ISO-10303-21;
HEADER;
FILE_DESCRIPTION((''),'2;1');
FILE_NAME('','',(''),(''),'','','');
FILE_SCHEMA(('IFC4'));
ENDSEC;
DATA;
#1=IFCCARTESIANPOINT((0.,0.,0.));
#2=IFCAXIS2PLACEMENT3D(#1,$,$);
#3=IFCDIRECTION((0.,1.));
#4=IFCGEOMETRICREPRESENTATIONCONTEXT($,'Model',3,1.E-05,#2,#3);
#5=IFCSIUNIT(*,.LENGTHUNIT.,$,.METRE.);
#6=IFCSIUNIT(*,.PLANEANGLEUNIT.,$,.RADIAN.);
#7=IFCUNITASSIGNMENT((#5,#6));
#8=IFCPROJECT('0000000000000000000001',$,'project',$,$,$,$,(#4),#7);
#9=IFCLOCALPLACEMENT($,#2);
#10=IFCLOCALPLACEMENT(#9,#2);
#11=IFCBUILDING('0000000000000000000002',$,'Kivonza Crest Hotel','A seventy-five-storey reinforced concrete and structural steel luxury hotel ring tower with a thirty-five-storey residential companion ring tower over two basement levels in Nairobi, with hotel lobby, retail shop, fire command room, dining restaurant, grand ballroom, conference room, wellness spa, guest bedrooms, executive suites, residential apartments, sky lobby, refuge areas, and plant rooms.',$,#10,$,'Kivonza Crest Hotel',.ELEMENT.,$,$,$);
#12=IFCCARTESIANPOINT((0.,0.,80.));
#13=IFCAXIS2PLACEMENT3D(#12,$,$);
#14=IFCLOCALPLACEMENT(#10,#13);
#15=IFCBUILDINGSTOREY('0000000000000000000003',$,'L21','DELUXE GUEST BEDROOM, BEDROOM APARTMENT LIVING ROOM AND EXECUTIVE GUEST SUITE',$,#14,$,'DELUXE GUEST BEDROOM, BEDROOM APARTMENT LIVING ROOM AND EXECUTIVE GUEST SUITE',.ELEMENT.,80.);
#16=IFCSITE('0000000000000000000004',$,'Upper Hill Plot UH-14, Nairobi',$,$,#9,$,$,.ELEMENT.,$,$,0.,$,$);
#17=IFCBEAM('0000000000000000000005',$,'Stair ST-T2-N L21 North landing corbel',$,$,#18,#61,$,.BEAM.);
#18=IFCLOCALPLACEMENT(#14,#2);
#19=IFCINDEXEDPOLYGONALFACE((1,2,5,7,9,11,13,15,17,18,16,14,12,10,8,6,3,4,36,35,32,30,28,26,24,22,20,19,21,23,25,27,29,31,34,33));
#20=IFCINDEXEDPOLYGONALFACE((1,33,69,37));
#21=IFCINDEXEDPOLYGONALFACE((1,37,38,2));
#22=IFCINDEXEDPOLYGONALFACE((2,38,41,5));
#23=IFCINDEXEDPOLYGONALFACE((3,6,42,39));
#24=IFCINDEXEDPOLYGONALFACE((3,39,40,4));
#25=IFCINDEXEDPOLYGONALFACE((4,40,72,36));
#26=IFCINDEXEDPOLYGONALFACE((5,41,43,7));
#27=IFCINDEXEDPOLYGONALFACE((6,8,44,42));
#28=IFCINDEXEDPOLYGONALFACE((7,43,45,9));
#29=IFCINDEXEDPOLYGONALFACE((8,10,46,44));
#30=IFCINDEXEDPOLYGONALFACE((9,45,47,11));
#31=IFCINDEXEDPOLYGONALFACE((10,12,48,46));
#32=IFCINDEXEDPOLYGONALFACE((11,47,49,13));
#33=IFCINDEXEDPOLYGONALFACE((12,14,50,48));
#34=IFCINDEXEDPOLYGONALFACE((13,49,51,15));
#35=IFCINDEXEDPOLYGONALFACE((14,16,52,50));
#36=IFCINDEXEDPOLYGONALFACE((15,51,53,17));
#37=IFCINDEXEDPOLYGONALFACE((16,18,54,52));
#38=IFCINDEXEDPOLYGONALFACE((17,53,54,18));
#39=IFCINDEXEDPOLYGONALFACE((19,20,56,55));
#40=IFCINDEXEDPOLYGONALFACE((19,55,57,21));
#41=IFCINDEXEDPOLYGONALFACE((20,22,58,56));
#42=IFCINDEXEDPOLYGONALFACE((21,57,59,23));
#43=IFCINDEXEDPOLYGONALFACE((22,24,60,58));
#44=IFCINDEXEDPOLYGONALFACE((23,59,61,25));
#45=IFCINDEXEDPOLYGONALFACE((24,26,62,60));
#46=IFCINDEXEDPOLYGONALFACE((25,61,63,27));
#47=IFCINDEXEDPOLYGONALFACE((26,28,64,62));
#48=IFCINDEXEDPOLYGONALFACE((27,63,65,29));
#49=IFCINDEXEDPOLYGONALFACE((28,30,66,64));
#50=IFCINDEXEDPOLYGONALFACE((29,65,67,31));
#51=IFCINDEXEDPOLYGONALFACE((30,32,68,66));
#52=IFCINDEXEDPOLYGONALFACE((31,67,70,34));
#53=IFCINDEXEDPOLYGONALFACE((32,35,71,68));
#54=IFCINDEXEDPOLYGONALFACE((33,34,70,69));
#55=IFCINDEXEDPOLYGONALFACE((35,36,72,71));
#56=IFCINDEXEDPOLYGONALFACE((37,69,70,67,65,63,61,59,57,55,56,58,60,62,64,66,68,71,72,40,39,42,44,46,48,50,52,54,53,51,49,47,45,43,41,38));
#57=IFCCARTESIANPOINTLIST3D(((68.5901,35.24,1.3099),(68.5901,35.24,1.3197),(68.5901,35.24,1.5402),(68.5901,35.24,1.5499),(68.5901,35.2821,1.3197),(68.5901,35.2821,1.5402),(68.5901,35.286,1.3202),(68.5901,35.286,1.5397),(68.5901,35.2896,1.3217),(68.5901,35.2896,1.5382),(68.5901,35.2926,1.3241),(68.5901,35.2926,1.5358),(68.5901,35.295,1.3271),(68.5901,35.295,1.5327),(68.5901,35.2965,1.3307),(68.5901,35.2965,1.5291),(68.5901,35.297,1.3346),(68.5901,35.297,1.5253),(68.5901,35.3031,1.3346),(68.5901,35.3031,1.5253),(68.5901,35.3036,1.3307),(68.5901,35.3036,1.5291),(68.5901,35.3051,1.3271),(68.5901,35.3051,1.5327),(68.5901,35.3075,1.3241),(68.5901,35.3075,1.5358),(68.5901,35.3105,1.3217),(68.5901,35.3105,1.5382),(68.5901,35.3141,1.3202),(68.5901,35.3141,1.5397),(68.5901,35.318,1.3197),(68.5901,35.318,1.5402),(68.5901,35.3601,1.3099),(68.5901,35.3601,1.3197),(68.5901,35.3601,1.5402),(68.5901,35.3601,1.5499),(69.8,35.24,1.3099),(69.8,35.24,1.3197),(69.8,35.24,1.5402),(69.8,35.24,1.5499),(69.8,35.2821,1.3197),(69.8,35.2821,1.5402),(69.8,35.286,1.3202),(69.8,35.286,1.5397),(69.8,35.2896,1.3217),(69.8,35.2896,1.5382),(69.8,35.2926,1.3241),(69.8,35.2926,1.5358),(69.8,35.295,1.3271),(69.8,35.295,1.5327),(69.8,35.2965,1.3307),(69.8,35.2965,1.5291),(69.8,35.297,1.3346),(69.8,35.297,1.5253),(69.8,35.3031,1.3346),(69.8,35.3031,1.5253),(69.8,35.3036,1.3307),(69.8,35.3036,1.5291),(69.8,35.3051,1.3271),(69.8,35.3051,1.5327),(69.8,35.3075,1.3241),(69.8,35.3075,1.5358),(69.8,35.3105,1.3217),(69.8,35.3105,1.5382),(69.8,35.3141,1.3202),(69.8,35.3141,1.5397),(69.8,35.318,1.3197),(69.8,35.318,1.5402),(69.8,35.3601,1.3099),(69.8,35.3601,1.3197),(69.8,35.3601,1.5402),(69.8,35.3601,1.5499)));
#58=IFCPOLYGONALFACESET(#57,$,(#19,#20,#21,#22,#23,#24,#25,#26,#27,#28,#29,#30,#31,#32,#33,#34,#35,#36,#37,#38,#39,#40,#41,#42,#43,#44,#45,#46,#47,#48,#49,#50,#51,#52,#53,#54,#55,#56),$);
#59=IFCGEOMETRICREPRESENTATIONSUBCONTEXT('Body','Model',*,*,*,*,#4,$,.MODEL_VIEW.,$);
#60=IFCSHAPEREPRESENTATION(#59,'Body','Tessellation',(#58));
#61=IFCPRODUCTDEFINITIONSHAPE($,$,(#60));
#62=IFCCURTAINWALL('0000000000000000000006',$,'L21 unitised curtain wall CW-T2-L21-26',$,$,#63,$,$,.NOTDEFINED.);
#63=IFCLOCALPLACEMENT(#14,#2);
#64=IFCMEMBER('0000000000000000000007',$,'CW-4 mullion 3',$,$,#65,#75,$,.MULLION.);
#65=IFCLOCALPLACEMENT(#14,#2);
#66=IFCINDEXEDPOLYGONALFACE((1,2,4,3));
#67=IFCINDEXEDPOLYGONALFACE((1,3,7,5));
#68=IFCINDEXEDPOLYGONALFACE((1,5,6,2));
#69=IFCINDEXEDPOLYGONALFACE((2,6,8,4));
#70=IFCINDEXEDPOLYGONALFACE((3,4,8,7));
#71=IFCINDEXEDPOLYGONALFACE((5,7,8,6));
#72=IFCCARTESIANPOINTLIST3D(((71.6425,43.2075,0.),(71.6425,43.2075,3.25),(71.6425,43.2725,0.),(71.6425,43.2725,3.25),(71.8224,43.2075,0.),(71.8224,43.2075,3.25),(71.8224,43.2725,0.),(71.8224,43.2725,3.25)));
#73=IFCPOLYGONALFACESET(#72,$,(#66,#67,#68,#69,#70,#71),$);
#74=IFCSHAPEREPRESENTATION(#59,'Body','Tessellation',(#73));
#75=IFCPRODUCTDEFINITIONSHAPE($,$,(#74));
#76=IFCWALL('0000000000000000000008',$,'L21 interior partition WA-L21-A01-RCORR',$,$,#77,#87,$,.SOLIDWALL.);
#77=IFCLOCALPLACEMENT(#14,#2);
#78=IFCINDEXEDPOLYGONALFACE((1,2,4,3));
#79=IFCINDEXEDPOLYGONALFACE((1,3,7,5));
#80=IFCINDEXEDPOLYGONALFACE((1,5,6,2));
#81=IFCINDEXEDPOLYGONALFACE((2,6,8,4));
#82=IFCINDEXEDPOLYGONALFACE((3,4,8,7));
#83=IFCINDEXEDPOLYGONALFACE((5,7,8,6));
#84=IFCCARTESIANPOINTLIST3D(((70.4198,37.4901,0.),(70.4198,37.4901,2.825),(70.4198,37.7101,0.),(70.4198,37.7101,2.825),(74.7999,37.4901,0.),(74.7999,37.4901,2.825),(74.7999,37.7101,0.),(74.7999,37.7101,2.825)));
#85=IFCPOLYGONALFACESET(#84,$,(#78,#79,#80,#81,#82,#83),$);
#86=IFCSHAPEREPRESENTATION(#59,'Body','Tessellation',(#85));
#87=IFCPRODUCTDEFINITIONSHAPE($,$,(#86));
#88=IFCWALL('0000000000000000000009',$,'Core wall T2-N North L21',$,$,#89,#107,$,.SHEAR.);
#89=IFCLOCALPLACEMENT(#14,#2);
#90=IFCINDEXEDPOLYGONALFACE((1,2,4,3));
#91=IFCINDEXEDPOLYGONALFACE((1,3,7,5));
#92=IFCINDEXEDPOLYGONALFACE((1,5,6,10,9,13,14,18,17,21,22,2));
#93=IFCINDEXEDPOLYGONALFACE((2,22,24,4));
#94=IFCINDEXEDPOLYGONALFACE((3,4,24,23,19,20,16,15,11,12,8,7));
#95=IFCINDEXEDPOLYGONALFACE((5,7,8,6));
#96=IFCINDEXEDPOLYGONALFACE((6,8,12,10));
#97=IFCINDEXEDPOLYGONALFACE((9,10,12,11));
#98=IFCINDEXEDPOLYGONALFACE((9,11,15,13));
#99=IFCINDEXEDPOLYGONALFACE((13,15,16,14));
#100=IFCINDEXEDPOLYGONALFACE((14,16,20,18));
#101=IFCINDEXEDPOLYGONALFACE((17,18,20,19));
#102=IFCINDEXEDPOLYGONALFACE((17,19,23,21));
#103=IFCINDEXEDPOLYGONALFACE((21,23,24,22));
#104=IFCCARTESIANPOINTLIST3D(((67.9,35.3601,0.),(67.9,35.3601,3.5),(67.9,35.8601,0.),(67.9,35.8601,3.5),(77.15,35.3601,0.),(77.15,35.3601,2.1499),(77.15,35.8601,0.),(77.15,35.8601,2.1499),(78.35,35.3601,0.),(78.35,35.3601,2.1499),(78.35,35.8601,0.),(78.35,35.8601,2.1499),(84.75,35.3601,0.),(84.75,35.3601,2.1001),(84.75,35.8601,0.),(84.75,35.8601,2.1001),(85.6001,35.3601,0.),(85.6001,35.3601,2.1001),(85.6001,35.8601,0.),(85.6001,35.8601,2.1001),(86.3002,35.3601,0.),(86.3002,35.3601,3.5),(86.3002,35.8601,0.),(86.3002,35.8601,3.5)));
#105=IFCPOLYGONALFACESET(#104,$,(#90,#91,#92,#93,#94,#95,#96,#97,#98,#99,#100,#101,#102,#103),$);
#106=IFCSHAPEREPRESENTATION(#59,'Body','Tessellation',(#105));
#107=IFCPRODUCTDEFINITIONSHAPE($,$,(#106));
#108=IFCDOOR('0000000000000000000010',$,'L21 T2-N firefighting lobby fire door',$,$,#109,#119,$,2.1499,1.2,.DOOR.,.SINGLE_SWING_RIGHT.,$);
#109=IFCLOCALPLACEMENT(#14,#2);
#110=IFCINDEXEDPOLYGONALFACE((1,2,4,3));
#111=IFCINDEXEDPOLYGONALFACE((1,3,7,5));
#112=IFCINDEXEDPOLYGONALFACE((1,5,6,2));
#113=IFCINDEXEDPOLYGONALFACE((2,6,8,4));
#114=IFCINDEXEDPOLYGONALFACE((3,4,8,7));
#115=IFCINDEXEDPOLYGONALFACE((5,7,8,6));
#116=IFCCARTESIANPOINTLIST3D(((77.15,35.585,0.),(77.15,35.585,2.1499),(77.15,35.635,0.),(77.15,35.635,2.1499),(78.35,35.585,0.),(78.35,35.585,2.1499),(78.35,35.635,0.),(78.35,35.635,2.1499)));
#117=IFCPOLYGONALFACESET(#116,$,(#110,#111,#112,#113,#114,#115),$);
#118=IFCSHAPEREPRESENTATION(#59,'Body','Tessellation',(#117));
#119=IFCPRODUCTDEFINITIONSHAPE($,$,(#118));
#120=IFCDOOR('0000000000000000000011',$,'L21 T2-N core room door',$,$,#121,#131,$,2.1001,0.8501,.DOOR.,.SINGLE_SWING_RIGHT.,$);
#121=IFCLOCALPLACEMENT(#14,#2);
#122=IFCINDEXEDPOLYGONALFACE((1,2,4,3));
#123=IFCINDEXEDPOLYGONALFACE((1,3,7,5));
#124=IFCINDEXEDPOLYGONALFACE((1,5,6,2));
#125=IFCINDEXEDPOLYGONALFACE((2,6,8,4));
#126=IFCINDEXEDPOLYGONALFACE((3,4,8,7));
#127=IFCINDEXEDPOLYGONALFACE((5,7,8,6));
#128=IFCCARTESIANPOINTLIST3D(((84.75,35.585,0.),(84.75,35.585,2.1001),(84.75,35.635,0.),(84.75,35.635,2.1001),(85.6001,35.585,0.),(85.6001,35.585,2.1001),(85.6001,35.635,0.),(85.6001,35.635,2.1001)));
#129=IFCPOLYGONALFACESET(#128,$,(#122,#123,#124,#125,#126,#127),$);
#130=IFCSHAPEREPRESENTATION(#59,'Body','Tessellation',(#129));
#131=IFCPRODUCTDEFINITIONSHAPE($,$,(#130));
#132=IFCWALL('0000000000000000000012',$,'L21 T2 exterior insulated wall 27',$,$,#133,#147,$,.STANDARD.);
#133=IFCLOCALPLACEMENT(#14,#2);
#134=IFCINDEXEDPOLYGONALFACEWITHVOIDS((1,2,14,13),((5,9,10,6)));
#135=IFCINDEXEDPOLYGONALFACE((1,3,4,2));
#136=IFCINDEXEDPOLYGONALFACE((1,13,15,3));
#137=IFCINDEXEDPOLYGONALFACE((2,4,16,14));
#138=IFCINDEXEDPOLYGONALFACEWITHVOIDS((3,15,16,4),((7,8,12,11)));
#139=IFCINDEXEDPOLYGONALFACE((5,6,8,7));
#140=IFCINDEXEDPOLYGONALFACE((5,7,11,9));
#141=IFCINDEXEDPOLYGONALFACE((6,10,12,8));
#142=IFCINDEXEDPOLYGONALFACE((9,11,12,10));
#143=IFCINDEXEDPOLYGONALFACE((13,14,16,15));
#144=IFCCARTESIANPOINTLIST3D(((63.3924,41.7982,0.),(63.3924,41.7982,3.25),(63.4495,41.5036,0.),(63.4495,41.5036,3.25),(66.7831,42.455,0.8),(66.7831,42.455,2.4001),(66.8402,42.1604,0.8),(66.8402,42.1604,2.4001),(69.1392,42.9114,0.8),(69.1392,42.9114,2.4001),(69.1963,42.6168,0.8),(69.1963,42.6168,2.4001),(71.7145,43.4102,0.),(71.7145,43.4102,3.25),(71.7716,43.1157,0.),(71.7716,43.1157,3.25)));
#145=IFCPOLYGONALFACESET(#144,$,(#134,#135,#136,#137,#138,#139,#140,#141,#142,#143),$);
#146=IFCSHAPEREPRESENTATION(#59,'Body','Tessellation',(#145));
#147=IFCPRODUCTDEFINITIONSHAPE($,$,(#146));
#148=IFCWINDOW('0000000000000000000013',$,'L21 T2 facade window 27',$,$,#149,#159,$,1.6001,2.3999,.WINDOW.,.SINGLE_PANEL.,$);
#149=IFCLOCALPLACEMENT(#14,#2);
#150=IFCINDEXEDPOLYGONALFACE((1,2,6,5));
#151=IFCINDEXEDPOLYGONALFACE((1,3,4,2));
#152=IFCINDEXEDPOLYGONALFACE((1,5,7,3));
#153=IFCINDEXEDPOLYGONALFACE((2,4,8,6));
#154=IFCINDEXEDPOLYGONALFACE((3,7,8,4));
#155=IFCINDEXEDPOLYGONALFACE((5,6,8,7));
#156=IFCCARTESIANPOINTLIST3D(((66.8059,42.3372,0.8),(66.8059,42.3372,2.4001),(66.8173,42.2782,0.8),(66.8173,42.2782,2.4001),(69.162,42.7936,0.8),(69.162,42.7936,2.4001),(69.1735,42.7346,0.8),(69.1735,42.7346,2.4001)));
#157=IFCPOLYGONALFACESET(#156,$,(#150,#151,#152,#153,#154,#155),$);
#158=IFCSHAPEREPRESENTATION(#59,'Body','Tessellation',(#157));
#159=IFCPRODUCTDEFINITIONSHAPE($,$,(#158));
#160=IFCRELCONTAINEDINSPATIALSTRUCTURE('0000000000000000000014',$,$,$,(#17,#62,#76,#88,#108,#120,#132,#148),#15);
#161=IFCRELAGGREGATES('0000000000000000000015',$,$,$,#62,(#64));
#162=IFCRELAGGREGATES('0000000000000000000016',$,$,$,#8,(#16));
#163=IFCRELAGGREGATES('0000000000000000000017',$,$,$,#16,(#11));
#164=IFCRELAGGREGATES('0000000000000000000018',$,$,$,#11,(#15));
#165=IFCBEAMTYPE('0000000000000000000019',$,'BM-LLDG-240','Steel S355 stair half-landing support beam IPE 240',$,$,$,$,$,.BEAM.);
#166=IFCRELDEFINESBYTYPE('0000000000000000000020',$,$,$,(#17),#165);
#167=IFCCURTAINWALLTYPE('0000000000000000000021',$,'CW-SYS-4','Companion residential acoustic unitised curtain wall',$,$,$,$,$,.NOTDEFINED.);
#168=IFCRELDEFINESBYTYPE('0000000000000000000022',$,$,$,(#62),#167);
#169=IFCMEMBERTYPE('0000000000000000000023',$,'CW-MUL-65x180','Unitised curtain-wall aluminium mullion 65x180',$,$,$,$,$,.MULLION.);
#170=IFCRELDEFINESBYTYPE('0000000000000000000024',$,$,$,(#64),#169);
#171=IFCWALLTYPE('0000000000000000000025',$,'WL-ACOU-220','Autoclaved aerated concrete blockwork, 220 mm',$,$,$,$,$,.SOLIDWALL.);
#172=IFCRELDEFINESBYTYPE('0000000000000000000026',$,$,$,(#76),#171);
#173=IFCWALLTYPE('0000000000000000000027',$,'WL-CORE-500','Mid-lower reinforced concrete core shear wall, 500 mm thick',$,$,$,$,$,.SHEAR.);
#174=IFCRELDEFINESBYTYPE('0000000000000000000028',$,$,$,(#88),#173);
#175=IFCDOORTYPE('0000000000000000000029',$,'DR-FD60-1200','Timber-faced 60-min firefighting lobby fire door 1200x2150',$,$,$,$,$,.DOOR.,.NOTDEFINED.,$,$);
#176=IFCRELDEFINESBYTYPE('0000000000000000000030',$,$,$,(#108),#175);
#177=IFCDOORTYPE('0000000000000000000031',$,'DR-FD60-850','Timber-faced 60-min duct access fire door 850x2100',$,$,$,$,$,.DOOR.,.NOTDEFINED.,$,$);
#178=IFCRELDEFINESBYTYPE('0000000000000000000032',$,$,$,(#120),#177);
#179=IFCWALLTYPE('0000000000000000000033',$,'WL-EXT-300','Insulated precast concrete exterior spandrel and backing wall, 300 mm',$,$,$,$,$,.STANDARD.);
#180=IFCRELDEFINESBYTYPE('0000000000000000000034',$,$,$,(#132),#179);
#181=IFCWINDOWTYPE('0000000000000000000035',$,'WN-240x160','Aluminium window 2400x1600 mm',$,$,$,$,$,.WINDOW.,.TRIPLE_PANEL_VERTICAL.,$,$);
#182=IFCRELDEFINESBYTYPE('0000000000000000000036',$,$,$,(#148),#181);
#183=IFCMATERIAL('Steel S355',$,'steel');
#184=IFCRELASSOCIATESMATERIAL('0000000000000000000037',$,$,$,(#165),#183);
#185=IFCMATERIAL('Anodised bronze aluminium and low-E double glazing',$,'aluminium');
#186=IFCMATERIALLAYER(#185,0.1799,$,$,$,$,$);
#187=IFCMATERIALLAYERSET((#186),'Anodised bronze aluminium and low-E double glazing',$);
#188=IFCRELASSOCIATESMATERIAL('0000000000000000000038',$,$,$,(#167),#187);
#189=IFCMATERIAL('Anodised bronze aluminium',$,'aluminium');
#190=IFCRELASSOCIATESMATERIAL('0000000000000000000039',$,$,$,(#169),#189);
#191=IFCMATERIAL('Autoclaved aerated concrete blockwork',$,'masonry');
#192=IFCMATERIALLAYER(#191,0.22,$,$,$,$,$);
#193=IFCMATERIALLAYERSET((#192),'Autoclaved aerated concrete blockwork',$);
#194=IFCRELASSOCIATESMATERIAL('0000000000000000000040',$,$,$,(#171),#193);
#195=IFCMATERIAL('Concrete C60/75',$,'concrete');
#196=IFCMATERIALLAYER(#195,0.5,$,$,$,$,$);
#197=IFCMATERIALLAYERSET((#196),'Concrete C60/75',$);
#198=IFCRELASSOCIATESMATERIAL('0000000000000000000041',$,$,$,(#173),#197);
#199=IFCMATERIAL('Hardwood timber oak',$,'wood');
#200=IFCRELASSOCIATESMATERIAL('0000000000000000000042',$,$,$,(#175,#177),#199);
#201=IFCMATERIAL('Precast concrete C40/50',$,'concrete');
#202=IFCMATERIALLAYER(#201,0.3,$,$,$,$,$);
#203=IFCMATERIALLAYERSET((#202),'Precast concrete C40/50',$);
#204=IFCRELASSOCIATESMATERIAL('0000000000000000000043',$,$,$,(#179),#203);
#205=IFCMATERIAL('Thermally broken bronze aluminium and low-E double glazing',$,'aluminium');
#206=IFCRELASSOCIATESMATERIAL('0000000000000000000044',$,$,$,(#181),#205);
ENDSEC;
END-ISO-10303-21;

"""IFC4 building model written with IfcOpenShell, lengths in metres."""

from ifc_helpers import new_model, si_unit, direction, frame, frame_2d, origin, origin_2d, place, context, subcontext, project, spatial, rectangle, i_section, extrude, material, layer, layer_set, material_profile, profile_set, type_object, element, fill, aggregate, save


model = new_model("IFC4")

# Units and contexts
model_context = context("Model", 3, precision=1e-05, world=origin(), true_north=direction((0.0, 1.0)))
body_context = subcontext(model_context, "Body", "Model", "MODEL_VIEW")
ifc_project = project(units=[si_unit("LENGTHUNIT", "METRE"), si_unit("PLANEANGLEUNIT", "RADIAN")], contexts=[model_context])

# Site, building, storey
site_placement = place(None, origin())
site = spatial("IfcSite", under=ifc_project, at=site_placement, Name="Upper Hill Plot UH-14, Nairobi", CompositionType="ELEMENT", RefElevation=0.0)
building_placement = place(site_placement, origin())
building = spatial("IfcBuilding", under=site, at=building_placement, Name="Kivonza Crest Hotel", Description="A seventy-five-storey reinforced concrete and structural steel luxury hotel ring tower with a thirty-five-storey residential companion ring tower over two basement levels in Nairobi, with hotel lobby, retail shop, fire command room, dining restaurant, grand ballroom, conference room, wellness spa, guest bedrooms, executive suites, residential apartments, sky lobby, refuge areas, and plant rooms.", LongName="Kivonza Crest Hotel", CompositionType="ELEMENT")
storey_placement = place(building_placement, frame((0.0, 0.0, 80.0)))
storey = spatial("IfcBuildingStorey", under=building, at=storey_placement, Name="L21", Description="DELUXE GUEST BEDROOM, BEDROOM APARTMENT LIVING ROOM AND EXECUTIVE GUEST SUITE", LongName="DELUXE GUEST BEDROOM, BEDROOM APARTMENT LIVING ROOM AND EXECUTIVE GUEST SUITE", CompositionType="ELEMENT", Elevation=80.0)

# Beam
ifc_material_1 = material(Name="Steel S355", Category="steel")
ifc_material_profile_1 = material_profile(ifc_material_1, i_section(OverallWidth=0.1201, OverallDepth=0.24, WebThickness=0.0061, FlangeThickness=0.0098, FilletRadius=0.0149, at=origin_2d()), Name="IPE 240")
ifc_profile_set_1 = profile_set([ifc_material_profile_1], Name="Steel S355")
beam_type_1 = type_object("IfcBeamType", Name="BM-LLDG-240", Description="Steel S355 stair half-landing support beam IPE 240", PredefinedType="BEAM", material=ifc_profile_set_1)
beam_1_placement = place(storey_placement, frame((68.5901, 35.3, 1.4299), z_axis=(1.0, 0.0, 0.0), x_axis=(0.0, 1.0, 0.0)))
element("IfcBeam", 1, at=beam_1_placement, inside=storey, type_object=beam_type_1, Name="Stair ST-T2-N L21 North landing corbel", PredefinedType="BEAM", context=body_context, shape_type="SweptSolid", body=[
    extrude(i_section(OverallWidth=0.1201, OverallDepth=0.24, WebThickness=0.0061, FlangeThickness=0.0098, FilletRadius=0.0149, at=origin_2d()), origin(), (0.0, 0.0, 1.0), 1.21),
])

# Curtain wall, member
ifc_material_2 = material(Name="Anodised bronze aluminium and low-E double glazing", Category="aluminium")
ifc_layer_1 = layer(ifc_material_2, 0.1799)
ifc_layer_set_1 = layer_set([ifc_layer_1], Name="Anodised bronze aluminium and low-E double glazing")
curtain_wall_type = type_object("IfcCurtainWallType", Name="CW-SYS-4", Description="Companion residential acoustic unitised curtain wall", PredefinedType="NOTDEFINED", material=ifc_layer_set_1)
curtain_wall_placement = place(storey_placement, origin())
curtain_wall = element("IfcCurtainWall", 2, at=curtain_wall_placement, inside=storey, type_object=curtain_wall_type, Name="L21 unitised curtain wall CW-T2-L21-26", PredefinedType="NOTDEFINED")
ifc_material_3 = material(Name="Anodised bronze aluminium", Category="aluminium")
ifc_material_profile_2 = material_profile(ifc_material_3, rectangle(XDim=0.0649, YDim=0.1799, at=origin_2d()), Name="CW-M 65x180")
ifc_profile_set_2 = profile_set([ifc_material_profile_2], Name="Anodised bronze aluminium")
member_type = type_object("IfcMemberType", Name="CW-MUL-65x180", Description="Unitised curtain-wall aluminium mullion 65x180", PredefinedType="MULLION", material=ifc_profile_set_2)
member_placement = place(storey_placement, frame((71.7324, 43.24, 0.0), z_axis=(0.0, 0.0, 1.0), x_axis=(0.0, -1.0, 0.0)))
member = element("IfcMember", 3, at=member_placement, type_object=member_type, Name="CW-4 mullion 3", PredefinedType="MULLION", context=body_context, shape_type="SweptSolid", body=[
    extrude(rectangle(XDim=0.0649, YDim=0.1799, at=origin_2d()), origin(), (0.0, 0.0, 1.0), 3.25),
])
aggregate(curtain_wall, [member])

# Wall
ifc_material_4 = material(Name="Autoclaved aerated concrete blockwork", Category="masonry")
ifc_layer_2 = layer(ifc_material_4, 0.22)
ifc_layer_set_2 = layer_set([ifc_layer_2], Name="Autoclaved aerated concrete blockwork")
wall_type_1 = type_object("IfcWallType", Name="WL-ACOU-220", Description="Autoclaved aerated concrete blockwork, 220 mm", PredefinedType="SOLIDWALL", material=ifc_layer_set_2)
wall_1_placement = place(storey_placement, frame((70.4199, 37.6001, 0.0), z_axis=(0.0, 0.0, 1.0), x_axis=(1.0, 0.0, 0.0)))
element("IfcWall", 4, at=wall_1_placement, inside=storey, type_object=wall_type_1, Name="L21 interior partition WA-L21-A01-RCORR", PredefinedType="SOLIDWALL", context=body_context, shape_type="SweptSolid", body=[
    extrude(rectangle(XDim=4.3801, YDim=0.22, at=frame_2d((2.1899, 0.0))), origin(), (0.0, 0.0, 1.0), 2.825),
])

# Wall, openings, doors
ifc_material_5 = material(Name="Concrete C60/75", Category="concrete")
ifc_layer_3 = layer(ifc_material_5, 0.5)
ifc_layer_set_3 = layer_set([ifc_layer_3], Name="Concrete C60/75")
wall_type_2 = type_object("IfcWallType", Name="WL-CORE-500", Description="Mid-lower reinforced concrete core shear wall, 500 mm thick", PredefinedType="SHEAR", material=ifc_layer_set_3)
wall_2_placement = place(storey_placement, frame((67.8999, 35.6101, 0.0), z_axis=(0.0, 0.0, 1.0), x_axis=(1.0, 0.0, 0.0)))
wall_2 = element("IfcWall", 5, at=wall_2_placement, inside=storey, type_object=wall_type_2, Name="Core wall T2-N North L21", PredefinedType="SHEAR", context=body_context, shape_type="SweptSolid", body=[
    extrude(rectangle(XDim=18.4001, YDim=0.5, at=frame_2d((9.2002, 0.0))), origin(), (0.0, 0.0, 1.0), 3.5),
])
opening_1_placement = place(wall_2_placement, frame((9.25, 0.0, 0.0)))
opening_1 = element("IfcOpeningElement", 6, at=opening_1_placement, cuts=wall_2, PredefinedType="OPENING", context=body_context, shape_type="SweptSolid", body=[
    extrude(rectangle(XDim=1.2, YDim=2.1499, at=frame_2d((0.6001, 1.075))), frame((0.0, 0.26, 0.0), z_axis=(0.0, -1.0, 0.0), x_axis=(1.0, 0.0, 0.0)), (0.0, 0.0, 1.0), 0.52),
])
opening_2_placement = place(wall_2_placement, frame((16.8501, 0.0, 0.0)))
opening_2 = element("IfcOpeningElement", 7, at=opening_2_placement, cuts=wall_2, PredefinedType="OPENING", context=body_context, shape_type="SweptSolid", body=[
    extrude(rectangle(XDim=0.8501, YDim=2.1001, at=frame_2d((0.425, 1.05))), frame((0.0, 0.26, 0.0), z_axis=(0.0, -1.0, 0.0), x_axis=(1.0, 0.0, 0.0)), (0.0, 0.0, 1.0), 0.52),
])
ifc_material_6 = material(Name="Hardwood timber oak", Category="wood")
door_type_1 = type_object("IfcDoorType", Name="DR-FD60-1200", Description="Timber-faced 60-min firefighting lobby fire door 1200x2150", OperationType="NOTDEFINED", PredefinedType="DOOR", material=ifc_material_6)
door_1_placement = place(opening_1_placement, origin())
door_1 = element("IfcDoor", 8, at=door_1_placement, inside=storey, type_object=door_type_1, Name="L21 T2-N firefighting lobby fire door", OperationType="SINGLE_SWING_RIGHT", OverallHeight=2.1499, OverallWidth=1.2, PredefinedType="DOOR", context=body_context, shape_type="SweptSolid", body=[
    extrude(rectangle(XDim=1.2, YDim=2.1499, at=frame_2d((0.6001, 1.075))), frame((0.0, 0.0249, 0.0), z_axis=(0.0, -1.0, 0.0), x_axis=(1.0, 0.0, 0.0)), (0.0, 0.0, 1.0), 0.05),
])
fill(opening_1, door_1)
door_type_2 = type_object("IfcDoorType", Name="DR-FD60-850", Description="Timber-faced 60-min duct access fire door 850x2100", OperationType="NOTDEFINED", PredefinedType="DOOR", material=ifc_material_6)
door_2_placement = place(opening_2_placement, origin())
door_2 = element("IfcDoor", 9, at=door_2_placement, inside=storey, type_object=door_type_2, Name="L21 T2-N core room door", OperationType="SINGLE_SWING_RIGHT", OverallHeight=2.1001, OverallWidth=0.8501, PredefinedType="DOOR", context=body_context, shape_type="SweptSolid", body=[
    extrude(rectangle(XDim=0.8501, YDim=2.1001, at=frame_2d((0.425, 1.05))), frame((0.0, 0.0249, 0.0), z_axis=(0.0, -1.0, 0.0), x_axis=(1.0, 0.0, 0.0)), (0.0, 0.0, 1.0), 0.05),
])
fill(opening_2, door_2)

# Wall, opening, window
ifc_material_7 = material(Name="Precast concrete C40/50", Category="concrete")
ifc_layer_4 = layer(ifc_material_7, 0.3)
ifc_layer_set_4 = layer_set([ifc_layer_4], Name="Precast concrete C40/50")
wall_type_3 = type_object("IfcWallType", Name="WL-EXT-300", Description="Insulated precast concrete exterior spandrel and backing wall, 300 mm", PredefinedType="STANDARD", material=ifc_layer_set_4)
wall_3_placement = place(storey_placement, frame((71.7429, 43.2629, 0.0), z_axis=(0.0, 0.0, 1.0), x_axis=(-0.98175, -0.190175, 0.0)))
wall_3 = element("IfcWall", 10, at=wall_3_placement, inside=storey, type_object=wall_type_3, Name="L21 T2 exterior insulated wall 27", PredefinedType="STANDARD", context=body_context, shape_type="SweptSolid", body=[
    extrude(rectangle(XDim=8.4768, YDim=0.3, at=frame_2d((4.2383, 0.0))), origin(), (0.0, 0.0, 1.0), 3.25),
])
opening_3_placement = place(wall_3_placement, frame((2.623, 0.0, 0.8)))
opening_3 = element("IfcOpeningElement", 11, at=opening_3_placement, cuts=wall_3, PredefinedType="OPENING", context=body_context, shape_type="SweptSolid", body=[
    extrude(rectangle(XDim=2.3999, YDim=1.6001, at=frame_2d((1.2, 0.8))), frame((0.0, 0.1602, 0.0), z_axis=(0.0, -1.0, 0.0), x_axis=(1.0, 0.0, 0.0)), (0.0, 0.0, 1.0), 0.3201),
])
ifc_material_8 = material(Name="Thermally broken bronze aluminium and low-E double glazing", Category="aluminium")
window_type = type_object("IfcWindowType", Name="WN-240x160", Description="Aluminium window 2400x1600 mm", PartitioningType="TRIPLE_PANEL_VERTICAL", PredefinedType="WINDOW", material=ifc_material_8)
window_placement = place(opening_3_placement, origin())
window = element("IfcWindow", 12, at=window_placement, inside=storey, type_object=window_type, Name="L21 T2 facade window 27", OverallHeight=1.6001, OverallWidth=2.3999, PartitioningType="SINGLE_PANEL", PredefinedType="WINDOW", context=body_context, shape_type="SweptSolid", body=[
    extrude(rectangle(XDim=2.3999, YDim=1.6001, at=frame_2d((1.2, 0.8))), frame((0.0, 0.03, 0.0), z_axis=(0.0, -1.0, 0.0), x_axis=(1.0, 0.0, 0.0)), (0.0, 0.0, 1.0), 0.0601),
])
fill(opening_3, window)

save(model, "model.ifc")
